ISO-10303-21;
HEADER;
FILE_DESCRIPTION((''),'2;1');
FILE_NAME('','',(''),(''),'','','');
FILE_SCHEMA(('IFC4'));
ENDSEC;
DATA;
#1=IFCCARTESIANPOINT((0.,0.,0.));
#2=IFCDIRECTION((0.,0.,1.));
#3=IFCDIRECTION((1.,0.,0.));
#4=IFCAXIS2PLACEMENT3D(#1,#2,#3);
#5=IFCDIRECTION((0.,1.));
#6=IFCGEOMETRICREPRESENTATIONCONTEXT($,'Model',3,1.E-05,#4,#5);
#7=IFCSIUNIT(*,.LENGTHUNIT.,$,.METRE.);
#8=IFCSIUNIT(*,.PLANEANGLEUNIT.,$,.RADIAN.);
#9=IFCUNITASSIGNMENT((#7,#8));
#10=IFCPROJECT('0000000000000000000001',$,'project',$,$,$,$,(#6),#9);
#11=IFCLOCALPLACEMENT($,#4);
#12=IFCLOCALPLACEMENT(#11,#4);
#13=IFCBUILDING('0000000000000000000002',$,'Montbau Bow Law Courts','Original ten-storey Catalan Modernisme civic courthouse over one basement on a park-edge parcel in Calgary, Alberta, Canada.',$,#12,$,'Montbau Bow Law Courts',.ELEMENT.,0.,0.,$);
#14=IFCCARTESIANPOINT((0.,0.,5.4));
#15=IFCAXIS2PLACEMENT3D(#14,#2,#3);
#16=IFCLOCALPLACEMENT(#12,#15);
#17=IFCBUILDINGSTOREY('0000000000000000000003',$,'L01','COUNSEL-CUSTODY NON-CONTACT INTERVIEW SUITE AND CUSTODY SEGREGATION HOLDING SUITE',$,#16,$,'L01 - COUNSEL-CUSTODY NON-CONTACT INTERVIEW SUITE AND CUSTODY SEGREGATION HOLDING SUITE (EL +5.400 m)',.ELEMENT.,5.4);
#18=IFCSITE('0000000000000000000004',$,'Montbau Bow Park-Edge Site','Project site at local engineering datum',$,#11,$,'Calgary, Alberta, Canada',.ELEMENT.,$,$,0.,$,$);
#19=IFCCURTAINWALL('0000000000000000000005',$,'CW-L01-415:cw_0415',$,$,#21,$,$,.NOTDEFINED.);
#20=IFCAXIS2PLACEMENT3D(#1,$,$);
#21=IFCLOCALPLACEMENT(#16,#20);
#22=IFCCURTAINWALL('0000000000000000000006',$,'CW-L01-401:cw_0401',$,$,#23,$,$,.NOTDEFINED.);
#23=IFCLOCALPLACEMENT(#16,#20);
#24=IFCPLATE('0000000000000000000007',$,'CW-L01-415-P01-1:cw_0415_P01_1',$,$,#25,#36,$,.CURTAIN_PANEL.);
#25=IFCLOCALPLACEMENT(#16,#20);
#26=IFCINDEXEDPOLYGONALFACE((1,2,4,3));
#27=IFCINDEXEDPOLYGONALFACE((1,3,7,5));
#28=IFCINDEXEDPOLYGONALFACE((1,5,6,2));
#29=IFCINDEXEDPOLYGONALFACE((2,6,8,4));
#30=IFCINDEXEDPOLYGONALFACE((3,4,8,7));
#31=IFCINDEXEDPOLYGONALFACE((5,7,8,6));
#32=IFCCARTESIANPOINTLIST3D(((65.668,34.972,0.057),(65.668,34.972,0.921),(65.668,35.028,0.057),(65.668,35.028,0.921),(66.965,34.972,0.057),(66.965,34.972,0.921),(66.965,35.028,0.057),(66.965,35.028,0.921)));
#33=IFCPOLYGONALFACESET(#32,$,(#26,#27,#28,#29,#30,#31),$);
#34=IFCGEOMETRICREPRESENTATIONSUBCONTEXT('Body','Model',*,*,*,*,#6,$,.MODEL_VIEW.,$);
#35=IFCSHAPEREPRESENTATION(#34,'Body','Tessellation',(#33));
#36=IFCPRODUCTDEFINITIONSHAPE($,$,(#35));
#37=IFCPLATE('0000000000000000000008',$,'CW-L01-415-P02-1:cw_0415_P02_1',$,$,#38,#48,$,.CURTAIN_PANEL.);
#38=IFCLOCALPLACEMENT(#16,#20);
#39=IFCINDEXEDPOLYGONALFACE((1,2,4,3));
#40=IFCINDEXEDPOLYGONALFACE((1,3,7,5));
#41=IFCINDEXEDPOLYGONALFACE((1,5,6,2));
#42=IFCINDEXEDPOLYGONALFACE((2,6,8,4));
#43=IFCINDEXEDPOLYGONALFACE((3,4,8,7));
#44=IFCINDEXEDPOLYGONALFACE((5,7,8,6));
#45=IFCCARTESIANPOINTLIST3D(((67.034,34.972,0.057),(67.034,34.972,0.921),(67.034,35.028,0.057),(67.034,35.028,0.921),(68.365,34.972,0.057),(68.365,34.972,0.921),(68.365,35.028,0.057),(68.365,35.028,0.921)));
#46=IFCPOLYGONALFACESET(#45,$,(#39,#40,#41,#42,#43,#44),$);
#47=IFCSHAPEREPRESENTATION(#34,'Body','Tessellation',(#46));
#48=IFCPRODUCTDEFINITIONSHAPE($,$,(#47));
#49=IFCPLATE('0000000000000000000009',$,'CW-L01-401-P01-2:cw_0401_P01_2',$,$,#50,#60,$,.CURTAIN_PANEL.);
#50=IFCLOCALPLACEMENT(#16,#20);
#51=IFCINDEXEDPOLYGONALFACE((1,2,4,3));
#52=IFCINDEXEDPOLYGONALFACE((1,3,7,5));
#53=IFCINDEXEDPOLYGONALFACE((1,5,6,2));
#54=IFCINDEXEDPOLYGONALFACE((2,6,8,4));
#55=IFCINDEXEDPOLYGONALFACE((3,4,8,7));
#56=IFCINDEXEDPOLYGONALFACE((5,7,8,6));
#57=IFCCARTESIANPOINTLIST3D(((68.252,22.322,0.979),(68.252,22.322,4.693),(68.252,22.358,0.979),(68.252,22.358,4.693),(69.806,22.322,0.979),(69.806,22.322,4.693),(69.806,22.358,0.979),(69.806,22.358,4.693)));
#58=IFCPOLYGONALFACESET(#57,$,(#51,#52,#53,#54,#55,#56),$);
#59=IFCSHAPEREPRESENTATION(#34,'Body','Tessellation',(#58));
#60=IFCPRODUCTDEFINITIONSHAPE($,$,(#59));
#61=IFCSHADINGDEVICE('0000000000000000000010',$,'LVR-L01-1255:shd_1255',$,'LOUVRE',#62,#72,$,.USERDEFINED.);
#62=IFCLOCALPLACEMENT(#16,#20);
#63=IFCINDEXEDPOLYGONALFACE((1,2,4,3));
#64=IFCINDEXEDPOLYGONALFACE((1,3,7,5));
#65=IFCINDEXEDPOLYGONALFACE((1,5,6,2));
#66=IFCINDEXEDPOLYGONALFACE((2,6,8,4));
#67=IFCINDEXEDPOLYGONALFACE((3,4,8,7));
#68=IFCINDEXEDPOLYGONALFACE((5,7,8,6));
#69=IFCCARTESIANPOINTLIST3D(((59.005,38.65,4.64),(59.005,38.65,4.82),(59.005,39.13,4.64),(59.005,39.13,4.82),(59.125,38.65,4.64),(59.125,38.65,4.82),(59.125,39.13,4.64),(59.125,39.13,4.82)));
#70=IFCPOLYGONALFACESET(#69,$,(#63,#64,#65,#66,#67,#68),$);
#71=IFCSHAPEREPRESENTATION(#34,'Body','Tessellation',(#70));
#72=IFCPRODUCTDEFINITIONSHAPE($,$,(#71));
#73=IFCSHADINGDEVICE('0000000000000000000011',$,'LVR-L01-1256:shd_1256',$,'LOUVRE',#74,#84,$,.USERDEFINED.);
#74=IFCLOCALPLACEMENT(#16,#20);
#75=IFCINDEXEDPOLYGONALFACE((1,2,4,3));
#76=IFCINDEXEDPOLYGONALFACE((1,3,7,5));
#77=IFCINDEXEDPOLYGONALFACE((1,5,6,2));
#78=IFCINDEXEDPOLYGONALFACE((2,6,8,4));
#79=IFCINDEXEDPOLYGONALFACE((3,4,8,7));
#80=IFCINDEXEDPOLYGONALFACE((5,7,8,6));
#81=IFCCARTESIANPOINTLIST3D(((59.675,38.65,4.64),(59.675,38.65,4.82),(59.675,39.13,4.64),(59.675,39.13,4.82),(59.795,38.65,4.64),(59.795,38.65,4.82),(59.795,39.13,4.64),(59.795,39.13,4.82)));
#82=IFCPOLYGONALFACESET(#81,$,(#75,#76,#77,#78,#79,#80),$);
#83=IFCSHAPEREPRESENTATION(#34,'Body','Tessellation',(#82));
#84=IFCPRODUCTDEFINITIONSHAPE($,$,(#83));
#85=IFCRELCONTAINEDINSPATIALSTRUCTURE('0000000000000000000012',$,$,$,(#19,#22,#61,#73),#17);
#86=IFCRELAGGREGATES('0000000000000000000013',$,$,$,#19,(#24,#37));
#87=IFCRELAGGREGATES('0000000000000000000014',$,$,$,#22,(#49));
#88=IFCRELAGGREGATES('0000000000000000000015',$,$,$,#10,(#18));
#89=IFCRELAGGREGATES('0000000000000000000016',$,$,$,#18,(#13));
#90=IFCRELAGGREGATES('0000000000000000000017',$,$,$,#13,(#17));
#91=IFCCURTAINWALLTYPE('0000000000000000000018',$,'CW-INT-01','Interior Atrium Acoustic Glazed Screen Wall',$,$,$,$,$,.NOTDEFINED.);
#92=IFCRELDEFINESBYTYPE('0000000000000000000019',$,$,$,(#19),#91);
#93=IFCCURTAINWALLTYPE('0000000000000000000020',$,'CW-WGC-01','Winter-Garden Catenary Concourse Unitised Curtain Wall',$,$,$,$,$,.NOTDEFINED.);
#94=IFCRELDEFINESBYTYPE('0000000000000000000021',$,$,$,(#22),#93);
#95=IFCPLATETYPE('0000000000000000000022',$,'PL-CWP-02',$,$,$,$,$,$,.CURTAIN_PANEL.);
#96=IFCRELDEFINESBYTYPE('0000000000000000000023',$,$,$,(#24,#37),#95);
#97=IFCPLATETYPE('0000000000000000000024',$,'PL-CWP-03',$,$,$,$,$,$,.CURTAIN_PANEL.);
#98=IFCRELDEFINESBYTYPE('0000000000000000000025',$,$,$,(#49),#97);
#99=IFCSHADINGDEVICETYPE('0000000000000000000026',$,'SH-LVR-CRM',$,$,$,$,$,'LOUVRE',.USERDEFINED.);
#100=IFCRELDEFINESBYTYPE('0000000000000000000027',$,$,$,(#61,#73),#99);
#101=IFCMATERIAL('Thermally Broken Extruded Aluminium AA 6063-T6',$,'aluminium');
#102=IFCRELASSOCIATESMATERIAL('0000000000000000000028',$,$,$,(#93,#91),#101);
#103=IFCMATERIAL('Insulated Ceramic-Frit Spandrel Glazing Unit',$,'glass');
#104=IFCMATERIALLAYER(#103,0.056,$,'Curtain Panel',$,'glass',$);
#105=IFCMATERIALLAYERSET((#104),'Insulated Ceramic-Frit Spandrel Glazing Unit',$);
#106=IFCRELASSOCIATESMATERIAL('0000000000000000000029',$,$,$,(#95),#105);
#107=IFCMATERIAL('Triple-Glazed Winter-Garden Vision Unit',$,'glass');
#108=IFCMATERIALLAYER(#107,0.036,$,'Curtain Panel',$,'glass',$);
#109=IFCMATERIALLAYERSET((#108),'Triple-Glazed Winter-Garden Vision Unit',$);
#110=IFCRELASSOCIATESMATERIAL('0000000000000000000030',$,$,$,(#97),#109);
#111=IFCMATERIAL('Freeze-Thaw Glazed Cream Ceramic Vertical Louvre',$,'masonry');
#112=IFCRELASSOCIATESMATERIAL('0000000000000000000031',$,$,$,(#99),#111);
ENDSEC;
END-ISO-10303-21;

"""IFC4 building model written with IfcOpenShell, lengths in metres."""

from ifc_helpers import new_model, si_unit, direction, frame, frame_2d, origin_with_axes, origin_2d_with_axis, place, context, subcontext, project, spatial, rectangle, extrude, material, layer, layer_set, type_object, element, aggregate, save


model = new_model("IFC4")

# Units and contexts
model_context = context("Model", 3, precision=1e-05, world=origin_with_axes(), true_north=direction((0.0, 1.0)))
body_context = subcontext(model_context, "Body", "Model", "MODEL_VIEW")
ifc_project = project(units=[si_unit("LENGTHUNIT", "METRE"), si_unit("PLANEANGLEUNIT", "RADIAN")], contexts=[model_context])

# Site, building, storey
site_placement = place(None, origin_with_axes())
site = spatial("IfcSite", under=ifc_project, at=site_placement, Name="Montbau Bow Park-Edge Site", Description="Project site at local engineering datum", LongName="Calgary, Alberta, Canada", CompositionType="ELEMENT", RefElevation=0.0)
building_placement = place(site_placement, origin_with_axes())
building = spatial("IfcBuilding", under=site, at=building_placement, Name="Montbau Bow Law Courts", Description="Original ten-storey Catalan Modernisme civic courthouse over one basement on a park-edge parcel in Calgary, Alberta, Canada.", LongName="Montbau Bow Law Courts", CompositionType="ELEMENT", ElevationOfRefHeight=0.0, ElevationOfTerrain=0.0)
storey_placement = place(building_placement, frame((0.0, 0.0, 5.4), z_axis=(0.0, 0.0, 1.0), x_axis=(1.0, 0.0, 0.0)))
storey = spatial("IfcBuildingStorey", under=building, at=storey_placement, Name="L01", Description="COUNSEL-CUSTODY NON-CONTACT INTERVIEW SUITE AND CUSTODY SEGREGATION HOLDING SUITE", LongName="L01 - COUNSEL-CUSTODY NON-CONTACT INTERVIEW SUITE AND CUSTODY SEGREGATION HOLDING SUITE (EL +5.400 m)", CompositionType="ELEMENT", Elevation=5.4)

# Shared definitions
ifc_material_1 = material(Name="Thermally Broken Extruded Aluminium AA 6063-T6", Category="aluminium")
curtain_wall_type_1 = type_object("IfcCurtainWallType", Name="CW-WGC-01", Description="Winter-Garden Catenary Concourse Unitised Curtain Wall", PredefinedType="NOTDEFINED", material=ifc_material_1)

# Curtain wall
curtain_wall_type_2 = type_object("IfcCurtainWallType", Name="CW-INT-01", Description="Interior Atrium Acoustic Glazed Screen Wall", PredefinedType="NOTDEFINED", material=ifc_material_1)
curtain_wall_1_placement = place(None, frame((65.6, 35.0, 5.4), z_axis=(0.0, 0.0, 1.0), x_axis=(1.0, 0.0, 0.0)))
curtain_wall_1 = element("IfcCurtainWall", 1, at=curtain_wall_1_placement, inside=storey, type_object=curtain_wall_type_2, Name="CW-L01-415:cw_0415", PredefinedType="NOTDEFINED")

# Curtain wall
curtain_wall_2_placement = place(None, frame((68.19, 22.34, 5.4), z_axis=(0.0, 0.0, 1.0), x_axis=(1.0, 0.0, 0.0)))
curtain_wall_2 = element("IfcCurtainWall", 2, at=curtain_wall_2_placement, inside=storey, type_object=curtain_wall_type_1, Name="CW-L01-401:cw_0401", PredefinedType="NOTDEFINED")

# Plates
ifc_material_2 = material(Name="Insulated Ceramic-Frit Spandrel Glazing Unit", Category="glass")
ifc_layer_1 = layer(ifc_material_2, 0.056, Name="Curtain Panel", Category="glass")
ifc_layer_set_1 = layer_set([ifc_layer_1], Name="Insulated Ceramic-Frit Spandrel Glazing Unit")
plate_type_1 = type_object("IfcPlateType", Name="PL-CWP-02", PredefinedType="CURTAIN_PANEL", material=ifc_layer_set_1)
plate_1_placement = place(None, frame((65.668, 35.0, 5.457), z_axis=(0.0, -1.0, 0.0), x_axis=(1.0, 0.0, 0.0)))
plate_1 = element("IfcPlate", 3, at=plate_1_placement, type_object=plate_type_1, Name="CW-L01-415-P01-1:cw_0415_P01_1", PredefinedType="CURTAIN_PANEL", context=body_context, shape_type="SweptSolid", body=[
    extrude(rectangle(XDim=1.297, YDim=0.864, at=frame_2d((0.6485, 0.432), x_axis=(1.0, 0.0))), frame((0.0, 0.0, -0.028), z_axis=(0.0, 0.0, 1.0), x_axis=(1.0, 0.0, 0.0)), (0.0, 0.0, 1.0), 0.056),
])
plate_2_placement = place(None, frame((67.034, 35.0, 5.457), z_axis=(0.0, -1.0, 0.0), x_axis=(1.0, 0.0, 0.0)))
plate_2 = element("IfcPlate", 4, at=plate_2_placement, type_object=plate_type_1, Name="CW-L01-415-P02-1:cw_0415_P02_1", PredefinedType="CURTAIN_PANEL", context=body_context, shape_type="SweptSolid", body=[
    extrude(rectangle(XDim=1.331, YDim=0.864, at=frame_2d((0.6655, 0.432), x_axis=(1.0, 0.0))), frame((0.0, 0.0, -0.028), z_axis=(0.0, 0.0, 1.0), x_axis=(1.0, 0.0, 0.0)), (0.0, 0.0, 1.0), 0.056),
])
aggregate(curtain_wall_1, [plate_1, plate_2])
ifc_material_3 = material(Name="Triple-Glazed Winter-Garden Vision Unit", Category="glass")
ifc_layer_2 = layer(ifc_material_3, 0.036, Name="Curtain Panel", Category="glass")
ifc_layer_set_2 = layer_set([ifc_layer_2], Name="Triple-Glazed Winter-Garden Vision Unit")
plate_type_2 = type_object("IfcPlateType", Name="PL-CWP-03", PredefinedType="CURTAIN_PANEL", material=ifc_layer_set_2)
plate_3_placement = place(None, frame((68.252, 22.34, 6.379), z_axis=(0.0, -1.0, 0.0), x_axis=(1.0, 0.0, 0.0)))
plate_3 = element("IfcPlate", 5, at=plate_3_placement, type_object=plate_type_2, Name="CW-L01-401-P01-2:cw_0401_P01_2", PredefinedType="CURTAIN_PANEL", context=body_context, shape_type="SweptSolid", body=[
    extrude(rectangle(XDim=1.554, YDim=3.714, at=frame_2d((0.777, 1.857), x_axis=(1.0, 0.0))), frame((0.0, 0.0, -0.018), z_axis=(0.0, 0.0, 1.0), x_axis=(1.0, 0.0, 0.0)), (0.0, 0.0, 1.0), 0.036),
])
aggregate(curtain_wall_2, [plate_3])

# Shading devices
ifc_material_4 = material(Name="Freeze-Thaw Glazed Cream Ceramic Vertical Louvre", Category="masonry")
shading_device_type = type_object("IfcShadingDeviceType", Name="SH-LVR-CRM", ElementType="LOUVRE", PredefinedType="USERDEFINED", material=ifc_material_4)
for number, where, z_axis, x_axis, name in (
    (6, (59.065, 38.89, 10.04), (0.0, 0.0, 1.0), (0.0, -1.0, 0.0), "LVR-L01-1255:shd_1255"),
    (7, (59.735, 38.89, 10.04), (0.0, 0.0, 1.0), (0.0, -1.0, 0.0), "LVR-L01-1256:shd_1256"),
):
    element("IfcShadingDevice", number, at=place(None, frame(where, z_axis=z_axis, x_axis=x_axis)), inside=storey, type_object=shading_device_type, Name=name, ObjectType="LOUVRE", PredefinedType="USERDEFINED", context=body_context, shape_type="SweptSolid", body=[
        extrude(rectangle(XDim=0.48, YDim=0.12, at=origin_2d_with_axis()), origin_with_axes(), (0.0, 0.0, 1.0), 0.18),
    ])

save(model, "model.ifc")
